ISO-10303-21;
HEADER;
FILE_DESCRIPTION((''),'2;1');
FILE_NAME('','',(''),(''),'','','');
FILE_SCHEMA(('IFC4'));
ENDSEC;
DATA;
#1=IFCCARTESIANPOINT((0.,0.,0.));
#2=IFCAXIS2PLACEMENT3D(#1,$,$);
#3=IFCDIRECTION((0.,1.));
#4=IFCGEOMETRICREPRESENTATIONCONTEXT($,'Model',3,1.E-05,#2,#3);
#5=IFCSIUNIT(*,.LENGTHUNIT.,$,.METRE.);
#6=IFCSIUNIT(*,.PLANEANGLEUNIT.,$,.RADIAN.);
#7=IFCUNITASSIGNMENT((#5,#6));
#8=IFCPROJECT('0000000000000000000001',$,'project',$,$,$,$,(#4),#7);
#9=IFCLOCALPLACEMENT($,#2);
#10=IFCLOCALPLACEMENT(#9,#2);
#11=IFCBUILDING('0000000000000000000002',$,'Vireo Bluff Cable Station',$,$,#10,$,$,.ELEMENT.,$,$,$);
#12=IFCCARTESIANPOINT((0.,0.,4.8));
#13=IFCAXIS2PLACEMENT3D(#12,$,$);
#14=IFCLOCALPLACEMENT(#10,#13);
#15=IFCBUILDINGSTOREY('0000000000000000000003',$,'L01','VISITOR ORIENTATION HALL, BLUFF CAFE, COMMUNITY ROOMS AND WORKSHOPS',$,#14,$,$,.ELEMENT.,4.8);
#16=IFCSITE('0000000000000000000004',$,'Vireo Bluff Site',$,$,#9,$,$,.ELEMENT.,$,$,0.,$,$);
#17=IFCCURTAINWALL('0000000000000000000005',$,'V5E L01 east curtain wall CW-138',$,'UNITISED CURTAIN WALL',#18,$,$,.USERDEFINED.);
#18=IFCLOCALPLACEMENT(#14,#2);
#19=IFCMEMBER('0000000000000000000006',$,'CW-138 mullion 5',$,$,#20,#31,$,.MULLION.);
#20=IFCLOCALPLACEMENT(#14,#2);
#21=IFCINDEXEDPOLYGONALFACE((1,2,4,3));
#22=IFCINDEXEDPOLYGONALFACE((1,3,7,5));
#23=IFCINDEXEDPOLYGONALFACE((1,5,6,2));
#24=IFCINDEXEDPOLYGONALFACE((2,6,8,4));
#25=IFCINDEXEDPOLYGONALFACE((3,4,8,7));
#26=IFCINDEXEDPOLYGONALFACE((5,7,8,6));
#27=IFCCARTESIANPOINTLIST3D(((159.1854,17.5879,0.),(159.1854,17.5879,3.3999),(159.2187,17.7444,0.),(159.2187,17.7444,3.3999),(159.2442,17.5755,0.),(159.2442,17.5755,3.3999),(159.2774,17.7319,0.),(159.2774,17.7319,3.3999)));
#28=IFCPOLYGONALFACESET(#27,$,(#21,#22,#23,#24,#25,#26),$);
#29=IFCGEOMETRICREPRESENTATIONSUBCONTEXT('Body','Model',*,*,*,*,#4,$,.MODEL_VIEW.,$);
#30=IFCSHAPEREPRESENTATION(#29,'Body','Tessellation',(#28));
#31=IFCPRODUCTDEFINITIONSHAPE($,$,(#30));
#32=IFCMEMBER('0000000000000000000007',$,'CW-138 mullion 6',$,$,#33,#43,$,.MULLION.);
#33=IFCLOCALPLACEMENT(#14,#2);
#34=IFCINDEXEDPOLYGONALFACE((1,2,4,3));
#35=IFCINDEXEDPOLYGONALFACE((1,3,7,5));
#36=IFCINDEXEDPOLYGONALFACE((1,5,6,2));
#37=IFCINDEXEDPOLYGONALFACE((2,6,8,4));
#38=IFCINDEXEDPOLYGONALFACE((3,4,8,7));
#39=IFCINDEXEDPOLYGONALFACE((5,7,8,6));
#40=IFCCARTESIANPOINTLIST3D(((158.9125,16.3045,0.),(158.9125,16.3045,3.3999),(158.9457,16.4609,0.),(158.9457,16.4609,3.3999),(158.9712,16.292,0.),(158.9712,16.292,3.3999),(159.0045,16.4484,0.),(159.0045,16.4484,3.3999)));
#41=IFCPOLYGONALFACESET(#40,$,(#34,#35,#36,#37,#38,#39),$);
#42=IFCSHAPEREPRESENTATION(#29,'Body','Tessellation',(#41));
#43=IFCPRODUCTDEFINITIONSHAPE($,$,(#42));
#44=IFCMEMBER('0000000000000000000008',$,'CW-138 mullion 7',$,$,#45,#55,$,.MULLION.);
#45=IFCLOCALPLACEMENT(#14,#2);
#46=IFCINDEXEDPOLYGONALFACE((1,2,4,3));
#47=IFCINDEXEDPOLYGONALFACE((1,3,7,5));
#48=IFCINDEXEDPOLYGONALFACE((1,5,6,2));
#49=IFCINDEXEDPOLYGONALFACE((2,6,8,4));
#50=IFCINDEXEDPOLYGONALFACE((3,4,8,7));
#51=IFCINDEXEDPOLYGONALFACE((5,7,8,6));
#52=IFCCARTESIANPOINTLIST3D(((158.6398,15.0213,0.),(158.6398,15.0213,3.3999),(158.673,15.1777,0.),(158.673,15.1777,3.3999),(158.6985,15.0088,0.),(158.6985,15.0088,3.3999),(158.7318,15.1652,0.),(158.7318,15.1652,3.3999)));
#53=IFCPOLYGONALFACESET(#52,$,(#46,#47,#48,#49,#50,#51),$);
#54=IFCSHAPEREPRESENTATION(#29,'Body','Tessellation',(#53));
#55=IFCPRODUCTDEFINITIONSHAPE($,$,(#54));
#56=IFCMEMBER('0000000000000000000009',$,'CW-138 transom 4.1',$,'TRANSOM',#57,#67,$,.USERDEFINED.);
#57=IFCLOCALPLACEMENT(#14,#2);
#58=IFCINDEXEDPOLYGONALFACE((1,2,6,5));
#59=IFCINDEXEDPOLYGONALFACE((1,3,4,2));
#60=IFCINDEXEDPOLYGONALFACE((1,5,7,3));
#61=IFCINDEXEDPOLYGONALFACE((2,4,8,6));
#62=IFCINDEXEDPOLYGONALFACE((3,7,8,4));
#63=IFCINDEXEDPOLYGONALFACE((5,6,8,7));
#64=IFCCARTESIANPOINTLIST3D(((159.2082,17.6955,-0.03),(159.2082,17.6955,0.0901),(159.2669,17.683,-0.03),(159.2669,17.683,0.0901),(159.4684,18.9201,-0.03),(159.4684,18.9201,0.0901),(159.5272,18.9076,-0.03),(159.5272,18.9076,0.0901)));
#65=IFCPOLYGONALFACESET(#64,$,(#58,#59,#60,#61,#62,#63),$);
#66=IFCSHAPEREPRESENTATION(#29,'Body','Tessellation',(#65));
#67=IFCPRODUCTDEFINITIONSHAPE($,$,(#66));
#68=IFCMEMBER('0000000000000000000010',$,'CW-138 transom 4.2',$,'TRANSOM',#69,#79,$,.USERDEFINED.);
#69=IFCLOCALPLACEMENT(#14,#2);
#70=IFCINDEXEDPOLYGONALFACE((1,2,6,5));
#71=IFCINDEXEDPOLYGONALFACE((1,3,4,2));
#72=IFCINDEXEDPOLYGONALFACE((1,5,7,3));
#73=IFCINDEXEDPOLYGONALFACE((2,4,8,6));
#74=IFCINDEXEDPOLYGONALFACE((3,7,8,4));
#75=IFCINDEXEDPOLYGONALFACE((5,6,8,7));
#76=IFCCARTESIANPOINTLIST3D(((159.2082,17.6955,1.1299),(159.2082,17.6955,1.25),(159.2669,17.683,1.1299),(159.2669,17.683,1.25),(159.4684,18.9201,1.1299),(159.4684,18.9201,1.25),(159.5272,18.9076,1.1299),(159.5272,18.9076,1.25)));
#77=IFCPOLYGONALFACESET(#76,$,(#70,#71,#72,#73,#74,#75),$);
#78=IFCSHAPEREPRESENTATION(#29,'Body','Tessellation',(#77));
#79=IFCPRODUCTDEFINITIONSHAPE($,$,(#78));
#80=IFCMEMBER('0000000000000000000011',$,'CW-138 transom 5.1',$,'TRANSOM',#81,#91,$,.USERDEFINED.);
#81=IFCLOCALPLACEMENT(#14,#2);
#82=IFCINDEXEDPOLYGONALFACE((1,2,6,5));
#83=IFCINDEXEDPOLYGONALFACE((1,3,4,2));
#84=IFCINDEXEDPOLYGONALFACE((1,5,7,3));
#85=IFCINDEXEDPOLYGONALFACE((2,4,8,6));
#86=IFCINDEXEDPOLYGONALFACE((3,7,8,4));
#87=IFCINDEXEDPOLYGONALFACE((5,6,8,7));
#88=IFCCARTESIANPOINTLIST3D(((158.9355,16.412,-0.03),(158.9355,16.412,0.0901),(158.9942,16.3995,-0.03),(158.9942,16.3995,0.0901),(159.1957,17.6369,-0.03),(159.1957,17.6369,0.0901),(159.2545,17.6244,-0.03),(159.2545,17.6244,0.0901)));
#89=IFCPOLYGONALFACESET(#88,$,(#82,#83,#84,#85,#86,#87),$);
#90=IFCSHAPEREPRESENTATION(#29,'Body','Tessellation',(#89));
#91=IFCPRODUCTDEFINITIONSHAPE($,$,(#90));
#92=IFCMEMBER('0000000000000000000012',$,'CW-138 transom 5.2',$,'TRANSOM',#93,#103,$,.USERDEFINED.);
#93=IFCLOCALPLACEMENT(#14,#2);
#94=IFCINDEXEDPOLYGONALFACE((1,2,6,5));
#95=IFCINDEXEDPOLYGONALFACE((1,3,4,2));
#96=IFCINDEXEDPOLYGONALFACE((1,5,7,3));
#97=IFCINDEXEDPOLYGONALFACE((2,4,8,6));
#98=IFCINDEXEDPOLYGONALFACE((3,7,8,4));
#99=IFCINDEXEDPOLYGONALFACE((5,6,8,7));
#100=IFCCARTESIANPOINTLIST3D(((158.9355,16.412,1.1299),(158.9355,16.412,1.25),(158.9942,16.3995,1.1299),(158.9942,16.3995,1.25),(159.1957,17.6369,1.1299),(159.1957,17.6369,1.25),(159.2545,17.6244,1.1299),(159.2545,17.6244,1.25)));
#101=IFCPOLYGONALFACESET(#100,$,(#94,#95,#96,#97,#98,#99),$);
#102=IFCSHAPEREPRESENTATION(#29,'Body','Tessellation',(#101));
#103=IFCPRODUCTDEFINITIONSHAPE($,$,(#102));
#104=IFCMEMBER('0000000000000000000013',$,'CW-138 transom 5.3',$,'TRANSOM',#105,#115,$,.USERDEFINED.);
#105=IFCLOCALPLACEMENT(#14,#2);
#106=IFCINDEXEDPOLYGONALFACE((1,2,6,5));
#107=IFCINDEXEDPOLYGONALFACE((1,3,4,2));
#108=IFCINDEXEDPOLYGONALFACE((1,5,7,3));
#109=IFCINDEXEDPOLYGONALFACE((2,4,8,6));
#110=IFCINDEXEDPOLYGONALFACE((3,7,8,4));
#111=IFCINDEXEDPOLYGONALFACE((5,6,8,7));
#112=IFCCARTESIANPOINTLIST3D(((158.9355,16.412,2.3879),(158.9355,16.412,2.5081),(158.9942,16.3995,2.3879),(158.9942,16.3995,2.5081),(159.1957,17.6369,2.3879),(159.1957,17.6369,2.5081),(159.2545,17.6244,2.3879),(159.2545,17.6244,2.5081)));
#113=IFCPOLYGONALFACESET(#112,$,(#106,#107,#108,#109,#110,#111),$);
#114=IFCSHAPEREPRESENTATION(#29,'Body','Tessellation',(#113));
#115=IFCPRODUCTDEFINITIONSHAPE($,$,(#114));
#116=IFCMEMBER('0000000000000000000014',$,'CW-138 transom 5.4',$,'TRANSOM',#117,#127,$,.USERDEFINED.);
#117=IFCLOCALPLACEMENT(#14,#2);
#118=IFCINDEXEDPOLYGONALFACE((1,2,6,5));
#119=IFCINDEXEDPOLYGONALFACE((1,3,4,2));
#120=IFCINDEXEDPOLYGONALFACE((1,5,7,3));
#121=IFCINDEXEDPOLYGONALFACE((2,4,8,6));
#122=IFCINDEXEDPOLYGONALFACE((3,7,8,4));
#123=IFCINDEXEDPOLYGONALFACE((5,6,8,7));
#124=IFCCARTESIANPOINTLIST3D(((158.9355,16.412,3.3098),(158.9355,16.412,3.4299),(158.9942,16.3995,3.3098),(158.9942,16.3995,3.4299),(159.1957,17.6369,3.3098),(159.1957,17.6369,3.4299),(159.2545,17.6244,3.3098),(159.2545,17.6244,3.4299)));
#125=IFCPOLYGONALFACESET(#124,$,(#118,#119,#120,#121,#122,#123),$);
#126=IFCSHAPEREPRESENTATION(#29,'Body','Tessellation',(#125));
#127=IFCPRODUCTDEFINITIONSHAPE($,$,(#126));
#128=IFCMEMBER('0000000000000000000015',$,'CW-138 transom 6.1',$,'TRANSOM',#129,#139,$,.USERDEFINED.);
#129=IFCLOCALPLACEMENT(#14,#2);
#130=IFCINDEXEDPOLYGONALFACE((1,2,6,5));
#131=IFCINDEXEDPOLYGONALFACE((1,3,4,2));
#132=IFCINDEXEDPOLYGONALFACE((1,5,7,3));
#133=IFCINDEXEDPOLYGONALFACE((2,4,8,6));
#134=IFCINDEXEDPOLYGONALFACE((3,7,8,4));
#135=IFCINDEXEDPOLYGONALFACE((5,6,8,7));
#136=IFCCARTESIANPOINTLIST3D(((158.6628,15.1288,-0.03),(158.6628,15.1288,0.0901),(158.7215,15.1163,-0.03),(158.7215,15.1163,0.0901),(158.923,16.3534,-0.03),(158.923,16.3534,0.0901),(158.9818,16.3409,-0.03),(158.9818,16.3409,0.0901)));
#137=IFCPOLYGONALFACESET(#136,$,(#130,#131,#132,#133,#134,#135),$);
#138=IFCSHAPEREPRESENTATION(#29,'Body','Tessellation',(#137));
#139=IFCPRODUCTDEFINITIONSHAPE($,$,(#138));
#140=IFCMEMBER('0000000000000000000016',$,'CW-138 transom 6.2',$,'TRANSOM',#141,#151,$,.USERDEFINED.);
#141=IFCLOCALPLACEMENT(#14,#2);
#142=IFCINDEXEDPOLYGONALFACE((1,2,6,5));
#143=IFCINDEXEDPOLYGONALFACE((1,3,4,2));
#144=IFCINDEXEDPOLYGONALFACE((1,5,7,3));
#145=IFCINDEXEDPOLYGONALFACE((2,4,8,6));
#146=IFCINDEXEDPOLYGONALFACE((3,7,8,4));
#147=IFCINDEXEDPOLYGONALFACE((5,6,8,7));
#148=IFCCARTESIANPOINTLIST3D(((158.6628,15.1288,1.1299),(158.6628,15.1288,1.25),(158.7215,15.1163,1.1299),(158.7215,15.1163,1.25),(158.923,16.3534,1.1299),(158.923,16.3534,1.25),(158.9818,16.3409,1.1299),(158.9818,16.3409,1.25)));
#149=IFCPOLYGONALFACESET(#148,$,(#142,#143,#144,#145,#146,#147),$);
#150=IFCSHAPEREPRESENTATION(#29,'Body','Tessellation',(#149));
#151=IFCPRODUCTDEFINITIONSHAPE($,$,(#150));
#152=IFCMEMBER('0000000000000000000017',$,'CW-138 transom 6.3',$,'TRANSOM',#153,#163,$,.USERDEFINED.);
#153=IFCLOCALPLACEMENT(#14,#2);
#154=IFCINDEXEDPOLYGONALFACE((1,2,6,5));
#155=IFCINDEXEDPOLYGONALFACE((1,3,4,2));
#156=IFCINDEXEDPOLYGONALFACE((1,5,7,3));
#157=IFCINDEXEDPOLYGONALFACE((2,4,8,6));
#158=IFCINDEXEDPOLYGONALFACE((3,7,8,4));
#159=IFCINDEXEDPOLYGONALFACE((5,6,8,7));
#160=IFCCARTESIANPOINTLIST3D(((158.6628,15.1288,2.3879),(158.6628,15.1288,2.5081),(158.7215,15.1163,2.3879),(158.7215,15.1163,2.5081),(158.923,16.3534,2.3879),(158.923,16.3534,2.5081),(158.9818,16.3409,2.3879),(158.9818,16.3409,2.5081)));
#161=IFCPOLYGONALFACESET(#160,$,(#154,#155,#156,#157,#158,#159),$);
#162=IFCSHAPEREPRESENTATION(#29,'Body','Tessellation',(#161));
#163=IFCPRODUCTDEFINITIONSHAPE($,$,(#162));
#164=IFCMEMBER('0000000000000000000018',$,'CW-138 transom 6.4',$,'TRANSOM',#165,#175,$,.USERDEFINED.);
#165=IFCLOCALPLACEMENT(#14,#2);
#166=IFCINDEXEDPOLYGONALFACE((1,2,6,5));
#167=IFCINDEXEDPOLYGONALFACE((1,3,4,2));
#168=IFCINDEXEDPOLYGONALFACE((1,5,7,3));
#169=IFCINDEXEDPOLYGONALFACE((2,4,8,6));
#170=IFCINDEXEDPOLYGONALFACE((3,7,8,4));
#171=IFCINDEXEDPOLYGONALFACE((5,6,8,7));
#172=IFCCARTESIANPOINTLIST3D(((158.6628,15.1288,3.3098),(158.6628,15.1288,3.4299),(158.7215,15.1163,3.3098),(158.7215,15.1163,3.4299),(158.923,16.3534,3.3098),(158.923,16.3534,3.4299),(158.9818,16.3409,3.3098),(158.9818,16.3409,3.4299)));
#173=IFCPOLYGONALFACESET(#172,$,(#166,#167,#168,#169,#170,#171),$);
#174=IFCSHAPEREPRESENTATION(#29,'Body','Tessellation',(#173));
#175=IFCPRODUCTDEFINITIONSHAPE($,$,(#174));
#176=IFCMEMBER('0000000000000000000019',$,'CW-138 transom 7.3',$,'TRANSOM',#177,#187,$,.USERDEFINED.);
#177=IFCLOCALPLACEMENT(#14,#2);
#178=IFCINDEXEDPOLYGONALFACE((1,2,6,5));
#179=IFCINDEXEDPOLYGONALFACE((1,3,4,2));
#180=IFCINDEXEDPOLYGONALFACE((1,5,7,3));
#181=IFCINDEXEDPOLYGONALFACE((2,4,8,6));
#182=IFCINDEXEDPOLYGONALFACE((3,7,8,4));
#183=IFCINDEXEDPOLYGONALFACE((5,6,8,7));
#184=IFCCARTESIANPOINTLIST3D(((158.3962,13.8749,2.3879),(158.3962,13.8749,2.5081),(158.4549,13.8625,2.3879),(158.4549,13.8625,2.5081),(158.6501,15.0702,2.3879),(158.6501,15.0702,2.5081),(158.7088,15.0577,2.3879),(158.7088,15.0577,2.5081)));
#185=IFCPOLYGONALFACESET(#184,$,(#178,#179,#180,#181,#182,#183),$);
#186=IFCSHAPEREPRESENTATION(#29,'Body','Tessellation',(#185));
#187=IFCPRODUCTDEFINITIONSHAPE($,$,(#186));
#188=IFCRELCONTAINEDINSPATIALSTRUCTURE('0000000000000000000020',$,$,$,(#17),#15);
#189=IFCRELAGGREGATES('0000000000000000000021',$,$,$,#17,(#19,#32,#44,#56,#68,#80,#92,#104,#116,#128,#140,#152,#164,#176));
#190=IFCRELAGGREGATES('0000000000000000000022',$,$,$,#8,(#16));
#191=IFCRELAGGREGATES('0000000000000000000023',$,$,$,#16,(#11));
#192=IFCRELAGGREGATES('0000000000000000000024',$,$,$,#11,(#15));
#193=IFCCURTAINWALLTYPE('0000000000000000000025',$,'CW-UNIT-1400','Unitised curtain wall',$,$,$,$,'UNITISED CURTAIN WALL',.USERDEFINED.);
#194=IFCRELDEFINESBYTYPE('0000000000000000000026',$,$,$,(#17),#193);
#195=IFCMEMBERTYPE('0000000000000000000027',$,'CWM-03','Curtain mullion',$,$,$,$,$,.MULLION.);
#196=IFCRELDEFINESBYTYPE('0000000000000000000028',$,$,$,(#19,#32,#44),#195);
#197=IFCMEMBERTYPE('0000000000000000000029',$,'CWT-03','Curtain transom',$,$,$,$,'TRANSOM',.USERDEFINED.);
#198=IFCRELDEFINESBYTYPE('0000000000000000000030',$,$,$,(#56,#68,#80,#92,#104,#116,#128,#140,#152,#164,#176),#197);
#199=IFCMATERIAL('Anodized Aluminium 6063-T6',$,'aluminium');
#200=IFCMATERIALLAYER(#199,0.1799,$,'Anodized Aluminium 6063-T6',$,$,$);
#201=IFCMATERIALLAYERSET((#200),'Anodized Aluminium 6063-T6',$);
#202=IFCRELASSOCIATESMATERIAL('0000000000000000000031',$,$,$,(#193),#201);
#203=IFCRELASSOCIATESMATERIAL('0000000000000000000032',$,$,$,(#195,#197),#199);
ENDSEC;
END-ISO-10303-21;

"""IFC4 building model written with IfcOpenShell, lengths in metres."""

from ifc_helpers import new_model, si_unit, direction, frame, origin, origin_2d, place, context, subcontext, project, spatial, rectangle, extrude, material, layer, layer_set, material_profile, profile_set, type_object, element, aggregate, save


model = new_model("IFC4")

# Units and contexts
model_context = context("Model", 3, precision=1e-05, world=origin(), true_north=direction((0.0, 1.0)))
body_context = subcontext(model_context, "Body", "Model", "MODEL_VIEW")
ifc_project = project(units=[si_unit("LENGTHUNIT", "METRE"), si_unit("PLANEANGLEUNIT", "RADIAN")], contexts=[model_context])

# Site, building, storey
site_placement = place(None, origin())
site = spatial("IfcSite", under=ifc_project, at=site_placement, Name="Vireo Bluff Site", CompositionType="ELEMENT", RefElevation=0.0)
building_placement = place(site_placement, origin())
building = spatial("IfcBuilding", under=site, at=building_placement, Name="Vireo Bluff Cable Station", CompositionType="ELEMENT")
storey_placement = place(building_placement, frame((0.0, 0.0, 4.8)))
storey = spatial("IfcBuildingStorey", under=building, at=storey_placement, Name="L01", Description="VISITOR ORIENTATION HALL, BLUFF CAFE, COMMUNITY ROOMS AND WORKSHOPS", CompositionType="ELEMENT", Elevation=4.8)

# Curtain wall, members
ifc_material_1 = material(Name="Anodized Aluminium 6063-T6", Category="aluminium")
ifc_layer_1 = layer(ifc_material_1, 0.1799, Name="Anodized Aluminium 6063-T6")
ifc_layer_set_1 = layer_set([ifc_layer_1], Name="Anodized Aluminium 6063-T6")
curtain_wall_type = type_object("IfcCurtainWallType", Name="CW-UNIT-1400", Description="Unitised curtain wall", ElementType="UNITISED CURTAIN WALL", PredefinedType="USERDEFINED", material=ifc_layer_set_1)
curtain_wall_placement = place(storey_placement, origin())
curtain_wall = element("IfcCurtainWall", 1, at=curtain_wall_placement, inside=storey, type_object=curtain_wall_type, Name="V5E L01 east curtain wall CW-138", ObjectType="UNITISED CURTAIN WALL", PredefinedType="USERDEFINED")
ifc_material_profile_1 = material_profile(ifc_material_1, rectangle(XDim=0.0601, YDim=0.1599, at=origin_2d()), Name="ALU-M-60X160")
ifc_profile_set_1 = profile_set([ifc_material_profile_1], Name="Anodized Aluminium 6063-T6")
member_type_1 = type_object("IfcMemberType", Name="CWM-03", Description="Curtain mullion", PredefinedType="MULLION", material=ifc_profile_set_1)
member_1_placement = place(storey_placement, frame((159.2314, 17.6599, 0.0), z_axis=(0.0, 0.0, 1.0), x_axis=(0.978148, -0.207912, 0.0)))
member_1 = element("IfcMember", 2, at=member_1_placement, type_object=member_type_1, Name="CW-138 mullion 5", PredefinedType="MULLION", context=body_context, shape_type="SweptSolid", body=[
    extrude(rectangle(XDim=0.0601, YDim=0.1599, at=origin_2d()), origin(), (0.0, 0.0, 1.0), 3.3999),
])
member_2_placement = place(storey_placement, frame((158.9585, 16.3765, 0.0), z_axis=(0.0, 0.0, 1.0), x_axis=(0.978148, -0.207912, 0.0)))
member_2 = element("IfcMember", 3, at=member_2_placement, type_object=member_type_1, Name="CW-138 mullion 6", PredefinedType="MULLION", context=body_context, shape_type="SweptSolid", body=[
    extrude(rectangle(XDim=0.0601, YDim=0.1599, at=origin_2d()), origin(), (0.0, 0.0, 1.0), 3.3999),
])
member_3_placement = place(storey_placement, frame((158.6858, 15.0933, 0.0), z_axis=(0.0, 0.0, 1.0), x_axis=(0.978148, -0.207912, 0.0)))
member_3 = element("IfcMember", 4, at=member_3_placement, type_object=member_type_1, Name="CW-138 mullion 7", PredefinedType="MULLION", context=body_context, shape_type="SweptSolid", body=[
    extrude(rectangle(XDim=0.0601, YDim=0.1599, at=origin_2d()), origin(), (0.0, 0.0, 1.0), 3.3999),
])
ifc_material_profile_2 = material_profile(ifc_material_1, rectangle(XDim=0.0601, YDim=0.1201, at=origin_2d()), Name="ALU-T-60X120")
ifc_profile_set_2 = profile_set([ifc_material_profile_2], Name="Anodized Aluminium 6063-T6")
member_type_2 = type_object("IfcMemberType", Name="CWT-03", Description="Curtain transom", ElementType="TRANSOM", PredefinedType="USERDEFINED", material=ifc_profile_set_2)
member_4_placement = place(storey_placement, frame((159.4978, 18.9138, 0.03), z_axis=(-0.207877, -0.978155, 0.0), x_axis=(0.978155, -0.207877, 0.0)))
member_4 = element("IfcMember", 5, at=member_4_placement, type_object=member_type_2, Name="CW-138 transom 4.1", ObjectType="TRANSOM", PredefinedType="USERDEFINED", context=body_context, shape_type="SweptSolid", body=[
    extrude(rectangle(XDim=0.0601, YDim=0.1201, at=origin_2d()), origin(), (0.0, 0.0, 1.0), 1.252),
])
member_5_placement = place(storey_placement, frame((159.4978, 18.9138, 1.1899), z_axis=(-0.207877, -0.978155, 0.0), x_axis=(0.978155, -0.207877, 0.0)))
member_5 = element("IfcMember", 6, at=member_5_placement, type_object=member_type_2, Name="CW-138 transom 4.2", ObjectType="TRANSOM", PredefinedType="USERDEFINED", context=body_context, shape_type="SweptSolid", body=[
    extrude(rectangle(XDim=0.0601, YDim=0.1201, at=origin_2d()), origin(), (0.0, 0.0, 1.0), 1.252),
])
member_6_placement = place(storey_placement, frame((159.2251, 17.6306, 0.03), z_axis=(-0.207838, -0.978163, 0.0), x_axis=(0.978163, -0.207838, 0.0)))
member_6 = element("IfcMember", 7, at=member_6_placement, type_object=member_type_2, Name="CW-138 transom 5.1", ObjectType="TRANSOM", PredefinedType="USERDEFINED", context=body_context, shape_type="SweptSolid", body=[
    extrude(rectangle(XDim=0.0601, YDim=0.1201, at=origin_2d()), origin(), (0.0, 0.0, 1.0), 1.2522),
])
member_7_placement = place(storey_placement, frame((159.2251, 17.6306, 1.1899), z_axis=(-0.207838, -0.978163, 0.0), x_axis=(0.978163, -0.207838, 0.0)))
member_7 = element("IfcMember", 8, at=member_7_placement, type_object=member_type_2, Name="CW-138 transom 5.2", ObjectType="TRANSOM", PredefinedType="USERDEFINED", context=body_context, shape_type="SweptSolid", body=[
    extrude(rectangle(XDim=0.0601, YDim=0.1201, at=origin_2d()), origin(), (0.0, 0.0, 1.0), 1.2522),
])
member_8_placement = place(storey_placement, frame((159.2251, 17.6306, 2.448), z_axis=(-0.207838, -0.978163, 0.0), x_axis=(0.978163, -0.207838, 0.0)))
member_8 = element("IfcMember", 9, at=member_8_placement, type_object=member_type_2, Name="CW-138 transom 5.3", ObjectType="TRANSOM", PredefinedType="USERDEFINED", context=body_context, shape_type="SweptSolid", body=[
    extrude(rectangle(XDim=0.0601, YDim=0.1201, at=origin_2d()), origin(), (0.0, 0.0, 1.0), 1.2522),
])
member_9_placement = place(storey_placement, frame((159.2251, 17.6306, 3.3699), z_axis=(-0.207838, -0.978163, 0.0), x_axis=(0.978163, -0.207838, 0.0)))
member_9 = element("IfcMember", 10, at=member_9_placement, type_object=member_type_2, Name="CW-138 transom 5.4", ObjectType="TRANSOM", PredefinedType="USERDEFINED", context=body_context, shape_type="SweptSolid", body=[
    extrude(rectangle(XDim=0.0601, YDim=0.1201, at=origin_2d()), origin(), (0.0, 0.0, 1.0), 1.2522),
])
member_10_placement = place(storey_placement, frame((158.9524, 16.3472, 0.03), z_axis=(-0.207877, -0.978155, 0.0), x_axis=(0.978155, -0.207877, 0.0)))
member_10 = element("IfcMember", 11, at=member_10_placement, type_object=member_type_2, Name="CW-138 transom 6.1", ObjectType="TRANSOM", PredefinedType="USERDEFINED", context=body_context, shape_type="SweptSolid", body=[
    extrude(rectangle(XDim=0.0601, YDim=0.1201, at=origin_2d()), origin(), (0.0, 0.0, 1.0), 1.252),
])
member_11_placement = place(storey_placement, frame((158.9524, 16.3472, 1.1899), z_axis=(-0.207877, -0.978155, 0.0), x_axis=(0.978155, -0.207877, 0.0)))
member_11 = element("IfcMember", 12, at=member_11_placement, type_object=member_type_2, Name="CW-138 transom 6.2", ObjectType="TRANSOM", PredefinedType="USERDEFINED", context=body_context, shape_type="SweptSolid", body=[
    extrude(rectangle(XDim=0.0601, YDim=0.1201, at=origin_2d()), origin(), (0.0, 0.0, 1.0), 1.252),
])
member_12_placement = place(storey_placement, frame((158.9524, 16.3472, 2.448), z_axis=(-0.207877, -0.978155, 0.0), x_axis=(0.978155, -0.207877, 0.0)))
member_12 = element("IfcMember", 13, at=member_12_placement, type_object=member_type_2, Name="CW-138 transom 6.3", ObjectType="TRANSOM", PredefinedType="USERDEFINED", context=body_context, shape_type="SweptSolid", body=[
    extrude(rectangle(XDim=0.0601, YDim=0.1201, at=origin_2d()), origin(), (0.0, 0.0, 1.0), 1.252),
])
member_13_placement = place(storey_placement, frame((158.9524, 16.3472, 3.3699), z_axis=(-0.207877, -0.978155, 0.0), x_axis=(0.978155, -0.207877, 0.0)))
member_13 = element("IfcMember", 14, at=member_13_placement, type_object=member_type_2, Name="CW-138 transom 6.4", ObjectType="TRANSOM", PredefinedType="USERDEFINED", context=body_context, shape_type="SweptSolid", body=[
    extrude(rectangle(XDim=0.0601, YDim=0.1201, at=origin_2d()), origin(), (0.0, 0.0, 1.0), 1.252),
])
member_14_placement = place(storey_placement, frame((158.6794, 15.064, 2.448), z_axis=(-0.207782, -0.978175, 0.0), x_axis=(0.978175, -0.207782, 0.0)))
member_14 = element("IfcMember", 15, at=member_14_placement, type_object=member_type_2, Name="CW-138 transom 7.3", ObjectType="TRANSOM", PredefinedType="USERDEFINED", context=body_context, shape_type="SweptSolid", body=[
    extrude(rectangle(XDim=0.0601, YDim=0.1201, at=origin_2d()), origin(), (0.0, 0.0, 1.0), 1.2219),
])
aggregate(curtain_wall, [member_1, member_2, member_3, member_4, member_5, member_6, member_7, member_8, member_9, member_10, member_11, member_12, member_13, member_14])

save(model, "model.ifc")
